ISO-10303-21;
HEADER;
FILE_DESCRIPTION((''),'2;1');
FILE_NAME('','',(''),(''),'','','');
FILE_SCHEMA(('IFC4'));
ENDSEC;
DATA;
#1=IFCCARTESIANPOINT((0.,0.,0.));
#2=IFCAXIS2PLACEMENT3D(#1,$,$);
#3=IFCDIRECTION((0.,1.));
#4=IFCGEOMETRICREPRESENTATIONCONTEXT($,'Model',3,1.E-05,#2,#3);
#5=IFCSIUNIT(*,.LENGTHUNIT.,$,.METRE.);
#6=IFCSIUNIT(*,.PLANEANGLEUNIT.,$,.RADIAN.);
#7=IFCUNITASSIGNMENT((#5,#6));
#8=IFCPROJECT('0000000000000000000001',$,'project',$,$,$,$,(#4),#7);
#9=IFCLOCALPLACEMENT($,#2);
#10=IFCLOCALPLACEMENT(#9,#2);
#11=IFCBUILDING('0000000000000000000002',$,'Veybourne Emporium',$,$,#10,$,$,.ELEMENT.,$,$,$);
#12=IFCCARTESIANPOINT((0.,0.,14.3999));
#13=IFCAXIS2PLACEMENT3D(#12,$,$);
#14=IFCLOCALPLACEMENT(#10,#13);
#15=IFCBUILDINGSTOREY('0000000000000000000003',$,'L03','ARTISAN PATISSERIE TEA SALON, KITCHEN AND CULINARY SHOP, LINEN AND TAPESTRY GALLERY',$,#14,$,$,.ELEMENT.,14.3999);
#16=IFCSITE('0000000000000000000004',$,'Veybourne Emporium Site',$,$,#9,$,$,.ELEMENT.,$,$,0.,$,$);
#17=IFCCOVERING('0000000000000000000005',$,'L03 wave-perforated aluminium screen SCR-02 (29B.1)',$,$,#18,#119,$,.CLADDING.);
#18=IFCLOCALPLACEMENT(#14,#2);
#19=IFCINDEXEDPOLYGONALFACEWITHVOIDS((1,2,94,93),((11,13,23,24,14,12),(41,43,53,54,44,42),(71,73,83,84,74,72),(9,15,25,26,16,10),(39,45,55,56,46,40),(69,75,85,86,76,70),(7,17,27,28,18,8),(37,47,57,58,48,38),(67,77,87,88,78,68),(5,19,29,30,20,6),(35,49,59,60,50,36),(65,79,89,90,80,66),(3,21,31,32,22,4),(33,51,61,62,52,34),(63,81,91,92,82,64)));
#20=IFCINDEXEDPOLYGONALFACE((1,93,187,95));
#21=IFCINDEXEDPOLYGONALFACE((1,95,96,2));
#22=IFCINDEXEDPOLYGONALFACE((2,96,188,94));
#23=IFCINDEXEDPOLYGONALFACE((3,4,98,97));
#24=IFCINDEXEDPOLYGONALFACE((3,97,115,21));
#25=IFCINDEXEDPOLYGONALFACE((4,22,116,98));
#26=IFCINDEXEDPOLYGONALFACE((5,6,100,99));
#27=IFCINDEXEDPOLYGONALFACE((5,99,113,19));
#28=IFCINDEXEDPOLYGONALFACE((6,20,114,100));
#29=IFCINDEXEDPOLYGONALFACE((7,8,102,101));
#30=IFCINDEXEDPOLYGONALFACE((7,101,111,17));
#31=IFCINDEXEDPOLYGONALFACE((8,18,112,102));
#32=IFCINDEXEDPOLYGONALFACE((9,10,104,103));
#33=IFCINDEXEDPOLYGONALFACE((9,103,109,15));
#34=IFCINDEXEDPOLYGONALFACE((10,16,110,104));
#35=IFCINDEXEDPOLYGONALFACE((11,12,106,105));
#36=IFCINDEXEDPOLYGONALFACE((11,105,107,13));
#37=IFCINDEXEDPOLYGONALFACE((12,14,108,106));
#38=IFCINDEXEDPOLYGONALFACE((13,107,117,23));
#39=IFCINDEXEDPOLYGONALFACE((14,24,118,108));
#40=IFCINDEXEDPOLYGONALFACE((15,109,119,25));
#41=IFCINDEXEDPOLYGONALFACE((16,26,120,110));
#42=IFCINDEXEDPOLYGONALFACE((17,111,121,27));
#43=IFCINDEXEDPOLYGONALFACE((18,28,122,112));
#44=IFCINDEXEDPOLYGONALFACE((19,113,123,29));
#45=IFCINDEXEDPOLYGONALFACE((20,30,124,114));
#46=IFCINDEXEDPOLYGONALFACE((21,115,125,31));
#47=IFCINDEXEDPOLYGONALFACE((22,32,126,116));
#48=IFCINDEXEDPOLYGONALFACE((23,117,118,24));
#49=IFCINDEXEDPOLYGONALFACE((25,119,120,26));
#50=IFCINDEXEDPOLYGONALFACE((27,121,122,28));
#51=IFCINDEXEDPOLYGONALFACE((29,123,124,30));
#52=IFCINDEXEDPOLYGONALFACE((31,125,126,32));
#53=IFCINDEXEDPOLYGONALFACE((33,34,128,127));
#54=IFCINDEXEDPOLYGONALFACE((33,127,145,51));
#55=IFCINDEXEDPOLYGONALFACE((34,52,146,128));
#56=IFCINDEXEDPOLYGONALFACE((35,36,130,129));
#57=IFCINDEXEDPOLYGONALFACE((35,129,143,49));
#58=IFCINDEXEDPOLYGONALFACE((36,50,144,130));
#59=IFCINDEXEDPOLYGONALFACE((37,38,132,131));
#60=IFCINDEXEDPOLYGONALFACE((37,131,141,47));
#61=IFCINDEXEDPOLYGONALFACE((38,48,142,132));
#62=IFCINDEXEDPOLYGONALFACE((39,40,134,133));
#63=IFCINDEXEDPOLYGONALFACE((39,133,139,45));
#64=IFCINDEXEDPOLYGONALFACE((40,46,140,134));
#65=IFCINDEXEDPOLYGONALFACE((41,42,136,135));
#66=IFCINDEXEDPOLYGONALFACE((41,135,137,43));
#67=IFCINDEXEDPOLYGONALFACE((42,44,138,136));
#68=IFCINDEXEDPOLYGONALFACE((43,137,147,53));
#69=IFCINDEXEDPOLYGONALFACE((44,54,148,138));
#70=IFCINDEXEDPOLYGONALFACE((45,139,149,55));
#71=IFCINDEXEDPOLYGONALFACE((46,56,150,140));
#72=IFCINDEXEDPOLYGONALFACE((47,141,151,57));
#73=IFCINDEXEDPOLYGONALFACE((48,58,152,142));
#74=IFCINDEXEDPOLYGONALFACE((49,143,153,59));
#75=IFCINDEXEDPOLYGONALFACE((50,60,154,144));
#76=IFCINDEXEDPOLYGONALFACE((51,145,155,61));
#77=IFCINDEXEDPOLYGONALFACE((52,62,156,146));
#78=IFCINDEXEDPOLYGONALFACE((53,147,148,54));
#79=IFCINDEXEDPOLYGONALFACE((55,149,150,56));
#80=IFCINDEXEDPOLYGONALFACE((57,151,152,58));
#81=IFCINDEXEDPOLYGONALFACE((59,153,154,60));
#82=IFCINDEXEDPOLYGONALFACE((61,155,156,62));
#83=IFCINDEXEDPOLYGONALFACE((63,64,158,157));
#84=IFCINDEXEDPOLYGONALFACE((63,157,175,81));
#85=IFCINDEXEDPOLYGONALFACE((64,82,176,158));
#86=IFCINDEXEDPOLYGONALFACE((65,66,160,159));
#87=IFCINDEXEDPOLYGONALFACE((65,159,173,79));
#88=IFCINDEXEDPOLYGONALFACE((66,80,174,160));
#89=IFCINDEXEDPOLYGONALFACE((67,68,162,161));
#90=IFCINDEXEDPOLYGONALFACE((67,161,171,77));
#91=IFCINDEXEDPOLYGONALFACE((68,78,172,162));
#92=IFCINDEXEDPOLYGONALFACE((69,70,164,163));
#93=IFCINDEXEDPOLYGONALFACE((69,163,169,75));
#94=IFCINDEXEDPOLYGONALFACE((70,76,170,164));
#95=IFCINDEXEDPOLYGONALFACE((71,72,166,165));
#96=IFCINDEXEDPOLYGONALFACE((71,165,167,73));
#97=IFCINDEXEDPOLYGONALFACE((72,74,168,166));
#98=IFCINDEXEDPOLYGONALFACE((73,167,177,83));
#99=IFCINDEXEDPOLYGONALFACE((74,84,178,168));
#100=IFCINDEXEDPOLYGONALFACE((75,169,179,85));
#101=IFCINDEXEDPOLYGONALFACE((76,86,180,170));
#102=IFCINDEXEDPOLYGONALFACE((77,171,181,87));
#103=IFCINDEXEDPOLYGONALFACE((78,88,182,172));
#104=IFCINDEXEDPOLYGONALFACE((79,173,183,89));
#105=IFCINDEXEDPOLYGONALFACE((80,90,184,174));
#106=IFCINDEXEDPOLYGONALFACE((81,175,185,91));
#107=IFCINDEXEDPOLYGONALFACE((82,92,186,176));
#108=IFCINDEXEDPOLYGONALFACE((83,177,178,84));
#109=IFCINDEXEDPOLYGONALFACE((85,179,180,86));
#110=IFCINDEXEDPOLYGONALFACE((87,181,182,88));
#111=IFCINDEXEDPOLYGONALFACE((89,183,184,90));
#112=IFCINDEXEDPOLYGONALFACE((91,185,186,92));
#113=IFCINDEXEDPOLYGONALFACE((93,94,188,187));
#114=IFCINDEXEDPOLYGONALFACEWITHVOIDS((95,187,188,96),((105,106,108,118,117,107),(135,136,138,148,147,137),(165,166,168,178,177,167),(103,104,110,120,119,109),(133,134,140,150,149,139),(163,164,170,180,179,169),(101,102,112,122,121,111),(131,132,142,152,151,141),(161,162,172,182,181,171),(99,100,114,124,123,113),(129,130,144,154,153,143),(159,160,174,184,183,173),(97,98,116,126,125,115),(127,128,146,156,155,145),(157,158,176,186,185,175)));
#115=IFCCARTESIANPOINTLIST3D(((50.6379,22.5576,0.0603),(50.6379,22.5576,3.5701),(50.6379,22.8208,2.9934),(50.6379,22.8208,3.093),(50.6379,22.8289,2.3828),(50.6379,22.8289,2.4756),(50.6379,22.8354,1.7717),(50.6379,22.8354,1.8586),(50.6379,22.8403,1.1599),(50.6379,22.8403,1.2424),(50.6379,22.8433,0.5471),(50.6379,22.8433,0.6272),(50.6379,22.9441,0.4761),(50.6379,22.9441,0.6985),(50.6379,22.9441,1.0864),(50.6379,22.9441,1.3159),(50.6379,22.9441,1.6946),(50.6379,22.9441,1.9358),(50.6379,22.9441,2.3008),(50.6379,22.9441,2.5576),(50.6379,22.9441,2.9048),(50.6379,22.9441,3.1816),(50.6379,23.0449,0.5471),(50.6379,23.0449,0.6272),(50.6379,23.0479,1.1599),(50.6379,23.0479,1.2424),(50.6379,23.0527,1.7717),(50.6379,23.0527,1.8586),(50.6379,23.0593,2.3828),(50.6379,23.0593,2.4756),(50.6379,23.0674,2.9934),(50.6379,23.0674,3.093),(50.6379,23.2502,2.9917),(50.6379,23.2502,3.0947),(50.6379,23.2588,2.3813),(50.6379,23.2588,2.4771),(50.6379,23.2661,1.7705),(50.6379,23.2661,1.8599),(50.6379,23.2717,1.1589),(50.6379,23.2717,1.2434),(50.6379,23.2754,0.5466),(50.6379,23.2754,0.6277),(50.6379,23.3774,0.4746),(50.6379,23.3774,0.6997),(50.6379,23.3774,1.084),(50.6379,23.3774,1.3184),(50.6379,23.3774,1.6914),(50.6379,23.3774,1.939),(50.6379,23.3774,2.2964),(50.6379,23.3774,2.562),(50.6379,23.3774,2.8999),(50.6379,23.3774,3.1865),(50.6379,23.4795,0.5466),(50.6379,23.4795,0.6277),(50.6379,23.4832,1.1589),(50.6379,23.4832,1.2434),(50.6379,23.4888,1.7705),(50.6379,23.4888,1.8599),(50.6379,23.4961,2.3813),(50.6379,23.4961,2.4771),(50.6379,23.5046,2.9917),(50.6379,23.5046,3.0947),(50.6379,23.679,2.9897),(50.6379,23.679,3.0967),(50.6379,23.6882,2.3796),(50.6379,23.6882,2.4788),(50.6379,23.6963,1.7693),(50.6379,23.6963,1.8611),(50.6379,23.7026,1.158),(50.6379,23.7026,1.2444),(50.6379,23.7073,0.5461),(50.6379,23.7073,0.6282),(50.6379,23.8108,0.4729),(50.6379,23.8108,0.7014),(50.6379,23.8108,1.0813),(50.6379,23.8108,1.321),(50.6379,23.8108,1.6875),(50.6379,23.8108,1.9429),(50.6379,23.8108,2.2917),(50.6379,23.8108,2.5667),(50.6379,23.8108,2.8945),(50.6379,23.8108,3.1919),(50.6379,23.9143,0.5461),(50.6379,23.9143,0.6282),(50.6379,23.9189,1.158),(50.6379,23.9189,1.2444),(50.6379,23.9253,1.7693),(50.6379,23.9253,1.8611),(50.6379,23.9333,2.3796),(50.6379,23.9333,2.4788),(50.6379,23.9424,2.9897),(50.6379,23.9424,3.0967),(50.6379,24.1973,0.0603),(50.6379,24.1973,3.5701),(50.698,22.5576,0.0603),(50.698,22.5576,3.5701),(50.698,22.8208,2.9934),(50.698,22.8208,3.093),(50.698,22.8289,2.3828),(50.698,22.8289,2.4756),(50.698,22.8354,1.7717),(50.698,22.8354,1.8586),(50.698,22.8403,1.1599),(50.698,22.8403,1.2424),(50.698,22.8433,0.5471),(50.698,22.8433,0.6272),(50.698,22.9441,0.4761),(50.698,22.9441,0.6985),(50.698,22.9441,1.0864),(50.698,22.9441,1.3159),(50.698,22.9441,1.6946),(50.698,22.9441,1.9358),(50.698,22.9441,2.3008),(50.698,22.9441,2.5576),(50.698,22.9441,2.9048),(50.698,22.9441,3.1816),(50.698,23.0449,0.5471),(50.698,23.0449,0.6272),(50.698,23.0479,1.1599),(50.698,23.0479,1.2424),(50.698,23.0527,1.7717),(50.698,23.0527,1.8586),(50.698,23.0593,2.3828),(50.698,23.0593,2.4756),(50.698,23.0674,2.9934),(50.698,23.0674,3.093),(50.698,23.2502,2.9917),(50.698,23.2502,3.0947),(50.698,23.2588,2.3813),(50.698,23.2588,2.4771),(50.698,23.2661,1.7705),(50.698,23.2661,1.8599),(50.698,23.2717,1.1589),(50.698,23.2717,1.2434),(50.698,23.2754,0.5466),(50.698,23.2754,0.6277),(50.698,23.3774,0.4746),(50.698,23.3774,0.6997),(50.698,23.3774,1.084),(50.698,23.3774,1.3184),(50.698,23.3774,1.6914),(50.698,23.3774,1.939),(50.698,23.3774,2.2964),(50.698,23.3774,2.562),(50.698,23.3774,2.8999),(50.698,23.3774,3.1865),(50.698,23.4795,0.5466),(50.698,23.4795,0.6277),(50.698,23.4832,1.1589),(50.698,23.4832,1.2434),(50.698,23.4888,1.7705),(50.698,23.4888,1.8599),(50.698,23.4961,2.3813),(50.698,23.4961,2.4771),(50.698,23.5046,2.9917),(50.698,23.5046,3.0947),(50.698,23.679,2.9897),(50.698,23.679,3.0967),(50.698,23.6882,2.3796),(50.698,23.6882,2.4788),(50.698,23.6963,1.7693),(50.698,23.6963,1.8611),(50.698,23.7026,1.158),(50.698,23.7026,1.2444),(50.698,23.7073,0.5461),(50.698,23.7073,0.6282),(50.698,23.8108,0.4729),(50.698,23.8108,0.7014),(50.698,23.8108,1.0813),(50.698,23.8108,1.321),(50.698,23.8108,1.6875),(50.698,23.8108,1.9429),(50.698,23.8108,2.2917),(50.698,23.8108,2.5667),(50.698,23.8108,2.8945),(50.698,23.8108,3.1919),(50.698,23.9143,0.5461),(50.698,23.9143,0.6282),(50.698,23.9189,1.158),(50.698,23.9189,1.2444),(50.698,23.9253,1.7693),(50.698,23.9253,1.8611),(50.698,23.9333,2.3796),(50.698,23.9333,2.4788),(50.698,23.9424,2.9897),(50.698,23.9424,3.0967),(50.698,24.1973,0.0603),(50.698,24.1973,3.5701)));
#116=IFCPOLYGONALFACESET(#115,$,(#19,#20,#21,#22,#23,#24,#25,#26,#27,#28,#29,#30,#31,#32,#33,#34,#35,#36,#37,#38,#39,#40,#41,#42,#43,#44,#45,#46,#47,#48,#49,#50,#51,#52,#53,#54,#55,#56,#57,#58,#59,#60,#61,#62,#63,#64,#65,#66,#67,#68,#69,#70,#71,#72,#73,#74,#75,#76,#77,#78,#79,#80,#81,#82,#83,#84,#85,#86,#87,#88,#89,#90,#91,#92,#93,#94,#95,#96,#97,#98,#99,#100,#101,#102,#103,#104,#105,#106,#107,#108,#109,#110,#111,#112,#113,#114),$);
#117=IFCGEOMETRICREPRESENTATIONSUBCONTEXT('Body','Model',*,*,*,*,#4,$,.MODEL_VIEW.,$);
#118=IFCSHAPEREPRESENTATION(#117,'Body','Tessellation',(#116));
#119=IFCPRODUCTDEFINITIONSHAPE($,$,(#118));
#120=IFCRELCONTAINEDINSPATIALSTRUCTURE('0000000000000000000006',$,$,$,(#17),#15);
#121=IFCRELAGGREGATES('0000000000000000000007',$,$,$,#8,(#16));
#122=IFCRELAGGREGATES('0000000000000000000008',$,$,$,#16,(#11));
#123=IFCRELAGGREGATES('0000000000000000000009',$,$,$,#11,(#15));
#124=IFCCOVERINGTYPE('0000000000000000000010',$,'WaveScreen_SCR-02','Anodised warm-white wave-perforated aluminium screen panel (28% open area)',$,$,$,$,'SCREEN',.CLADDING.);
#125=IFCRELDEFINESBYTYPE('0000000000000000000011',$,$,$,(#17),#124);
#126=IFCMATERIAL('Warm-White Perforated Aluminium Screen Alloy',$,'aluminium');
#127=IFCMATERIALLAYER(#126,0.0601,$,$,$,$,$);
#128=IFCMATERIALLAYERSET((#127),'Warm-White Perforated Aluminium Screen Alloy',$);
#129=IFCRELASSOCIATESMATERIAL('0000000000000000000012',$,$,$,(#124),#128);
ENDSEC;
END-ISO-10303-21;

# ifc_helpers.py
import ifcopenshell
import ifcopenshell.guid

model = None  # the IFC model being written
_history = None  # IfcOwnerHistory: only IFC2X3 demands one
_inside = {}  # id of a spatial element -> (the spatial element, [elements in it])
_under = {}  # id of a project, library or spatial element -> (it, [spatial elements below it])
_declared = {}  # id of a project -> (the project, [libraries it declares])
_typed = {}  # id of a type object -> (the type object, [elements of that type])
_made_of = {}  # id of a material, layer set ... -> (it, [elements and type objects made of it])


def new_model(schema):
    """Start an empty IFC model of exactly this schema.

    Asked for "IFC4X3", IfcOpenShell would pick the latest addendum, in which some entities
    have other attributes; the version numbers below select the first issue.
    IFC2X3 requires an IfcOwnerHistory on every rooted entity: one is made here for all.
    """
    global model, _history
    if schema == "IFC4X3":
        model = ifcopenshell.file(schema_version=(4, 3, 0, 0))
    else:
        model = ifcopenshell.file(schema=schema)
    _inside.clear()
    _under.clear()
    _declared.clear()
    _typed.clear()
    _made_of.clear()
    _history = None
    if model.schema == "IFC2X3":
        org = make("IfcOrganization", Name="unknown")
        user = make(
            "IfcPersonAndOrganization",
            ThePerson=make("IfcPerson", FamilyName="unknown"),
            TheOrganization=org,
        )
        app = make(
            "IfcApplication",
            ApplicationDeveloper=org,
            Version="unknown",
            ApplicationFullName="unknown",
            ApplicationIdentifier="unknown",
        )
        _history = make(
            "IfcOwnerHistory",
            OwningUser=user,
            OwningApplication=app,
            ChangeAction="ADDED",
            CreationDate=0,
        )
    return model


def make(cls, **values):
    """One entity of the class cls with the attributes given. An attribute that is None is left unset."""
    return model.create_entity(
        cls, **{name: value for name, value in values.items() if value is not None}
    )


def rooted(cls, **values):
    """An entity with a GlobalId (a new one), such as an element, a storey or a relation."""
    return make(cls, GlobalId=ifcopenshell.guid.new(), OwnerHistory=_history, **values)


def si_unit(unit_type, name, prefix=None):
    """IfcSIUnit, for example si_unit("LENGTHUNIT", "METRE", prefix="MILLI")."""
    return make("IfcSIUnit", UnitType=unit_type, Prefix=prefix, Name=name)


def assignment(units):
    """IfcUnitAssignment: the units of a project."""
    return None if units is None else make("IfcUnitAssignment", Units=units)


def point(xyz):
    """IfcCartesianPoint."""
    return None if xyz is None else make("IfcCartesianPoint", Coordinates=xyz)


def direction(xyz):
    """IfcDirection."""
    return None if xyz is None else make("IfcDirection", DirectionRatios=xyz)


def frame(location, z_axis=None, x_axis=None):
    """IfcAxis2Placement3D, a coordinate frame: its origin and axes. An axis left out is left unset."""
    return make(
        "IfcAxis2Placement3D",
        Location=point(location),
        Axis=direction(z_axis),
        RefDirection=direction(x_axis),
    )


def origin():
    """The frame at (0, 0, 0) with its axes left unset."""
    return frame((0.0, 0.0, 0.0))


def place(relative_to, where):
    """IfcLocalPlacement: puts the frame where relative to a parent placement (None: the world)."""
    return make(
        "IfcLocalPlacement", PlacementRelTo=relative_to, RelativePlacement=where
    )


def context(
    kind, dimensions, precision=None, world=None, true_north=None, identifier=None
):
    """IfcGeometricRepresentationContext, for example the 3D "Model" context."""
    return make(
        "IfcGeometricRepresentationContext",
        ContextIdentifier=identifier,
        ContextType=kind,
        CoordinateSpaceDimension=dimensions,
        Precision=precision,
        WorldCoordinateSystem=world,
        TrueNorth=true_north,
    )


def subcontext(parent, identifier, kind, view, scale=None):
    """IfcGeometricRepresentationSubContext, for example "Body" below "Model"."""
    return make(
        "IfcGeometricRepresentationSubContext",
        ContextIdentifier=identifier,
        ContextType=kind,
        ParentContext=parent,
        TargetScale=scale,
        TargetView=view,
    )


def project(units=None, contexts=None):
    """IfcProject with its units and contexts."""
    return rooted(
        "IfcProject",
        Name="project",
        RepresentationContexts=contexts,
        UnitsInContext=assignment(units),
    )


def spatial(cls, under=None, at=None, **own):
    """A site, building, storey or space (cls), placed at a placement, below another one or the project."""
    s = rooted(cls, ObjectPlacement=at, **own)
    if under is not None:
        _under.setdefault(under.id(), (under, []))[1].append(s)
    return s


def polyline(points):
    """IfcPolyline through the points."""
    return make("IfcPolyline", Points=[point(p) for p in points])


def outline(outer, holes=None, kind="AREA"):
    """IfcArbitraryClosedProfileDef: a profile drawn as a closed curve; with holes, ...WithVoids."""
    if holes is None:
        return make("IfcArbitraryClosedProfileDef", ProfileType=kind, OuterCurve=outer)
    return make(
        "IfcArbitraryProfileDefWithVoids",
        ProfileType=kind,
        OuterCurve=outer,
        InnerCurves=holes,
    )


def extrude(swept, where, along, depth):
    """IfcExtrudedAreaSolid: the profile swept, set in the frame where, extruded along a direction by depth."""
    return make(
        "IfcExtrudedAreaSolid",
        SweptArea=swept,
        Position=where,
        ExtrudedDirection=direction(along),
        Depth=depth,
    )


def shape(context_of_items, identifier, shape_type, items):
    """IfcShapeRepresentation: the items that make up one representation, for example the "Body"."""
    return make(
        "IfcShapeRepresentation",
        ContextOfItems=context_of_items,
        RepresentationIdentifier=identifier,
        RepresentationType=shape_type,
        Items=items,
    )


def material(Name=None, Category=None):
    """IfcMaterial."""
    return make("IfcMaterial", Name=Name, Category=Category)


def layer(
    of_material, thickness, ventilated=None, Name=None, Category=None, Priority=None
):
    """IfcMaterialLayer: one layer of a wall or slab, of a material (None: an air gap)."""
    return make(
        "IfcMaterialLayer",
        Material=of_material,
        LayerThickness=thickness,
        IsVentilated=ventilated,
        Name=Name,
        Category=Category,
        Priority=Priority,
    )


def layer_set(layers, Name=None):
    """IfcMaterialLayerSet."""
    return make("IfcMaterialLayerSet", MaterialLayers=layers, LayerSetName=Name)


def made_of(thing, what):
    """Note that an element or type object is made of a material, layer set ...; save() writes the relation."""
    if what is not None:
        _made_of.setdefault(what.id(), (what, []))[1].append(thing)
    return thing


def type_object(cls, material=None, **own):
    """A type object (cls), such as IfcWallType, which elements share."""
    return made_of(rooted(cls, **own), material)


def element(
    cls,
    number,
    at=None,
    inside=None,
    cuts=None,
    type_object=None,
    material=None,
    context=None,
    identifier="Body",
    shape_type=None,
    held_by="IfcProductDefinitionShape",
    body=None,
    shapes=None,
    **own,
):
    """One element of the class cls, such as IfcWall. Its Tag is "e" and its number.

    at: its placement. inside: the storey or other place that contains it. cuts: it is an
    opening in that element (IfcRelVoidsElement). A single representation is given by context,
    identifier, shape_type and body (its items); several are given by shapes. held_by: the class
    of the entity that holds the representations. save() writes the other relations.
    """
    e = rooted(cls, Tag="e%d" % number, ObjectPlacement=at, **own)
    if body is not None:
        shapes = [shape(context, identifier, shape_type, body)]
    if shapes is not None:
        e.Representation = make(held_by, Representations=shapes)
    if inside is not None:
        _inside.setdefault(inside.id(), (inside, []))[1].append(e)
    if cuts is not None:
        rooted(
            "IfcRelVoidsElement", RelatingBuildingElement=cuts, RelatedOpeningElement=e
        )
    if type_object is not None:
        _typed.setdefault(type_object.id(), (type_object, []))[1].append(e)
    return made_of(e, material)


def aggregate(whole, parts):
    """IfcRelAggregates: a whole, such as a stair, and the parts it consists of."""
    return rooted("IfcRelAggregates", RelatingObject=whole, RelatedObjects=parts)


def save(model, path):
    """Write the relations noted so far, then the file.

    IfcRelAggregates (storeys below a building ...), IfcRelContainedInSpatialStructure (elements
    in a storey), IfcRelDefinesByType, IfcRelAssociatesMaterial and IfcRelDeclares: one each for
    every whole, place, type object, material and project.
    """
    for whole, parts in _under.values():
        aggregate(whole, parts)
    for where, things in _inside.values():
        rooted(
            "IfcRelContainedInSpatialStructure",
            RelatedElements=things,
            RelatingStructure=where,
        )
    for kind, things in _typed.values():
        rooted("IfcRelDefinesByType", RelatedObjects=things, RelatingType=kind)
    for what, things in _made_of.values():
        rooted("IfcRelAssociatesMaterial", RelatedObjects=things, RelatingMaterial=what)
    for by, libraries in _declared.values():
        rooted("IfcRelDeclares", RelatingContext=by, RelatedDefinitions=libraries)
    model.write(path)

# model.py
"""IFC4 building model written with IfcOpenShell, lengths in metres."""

from ifc_helpers import new_model, si_unit, direction, frame, origin, place, context, subcontext, project, spatial, polyline, outline, extrude, material, layer, layer_set, type_object, element, save


model = new_model("IFC4")

# Units and contexts
model_context = context("Model", 3, precision=1e-05, world=origin(), true_north=direction((0.0, 1.0)))
body_context = subcontext(model_context, "Body", "Model", "MODEL_VIEW")
ifc_project = project(units=[si_unit("LENGTHUNIT", "METRE"), si_unit("PLANEANGLEUNIT", "RADIAN")], contexts=[model_context])

# Site, building, storey
site_placement = place(None, origin())
site = spatial("IfcSite", under=ifc_project, at=site_placement, Name="Veybourne Emporium Site", CompositionType="ELEMENT", RefElevation=0.0)
building_placement = place(site_placement, origin())
building = spatial("IfcBuilding", under=site, at=building_placement, Name="Veybourne Emporium", CompositionType="ELEMENT")
storey_placement = place(building_placement, frame((0.0, 0.0, 14.3999)))
storey = spatial("IfcBuildingStorey", under=building, at=storey_placement, Name="L03", Description="ARTISAN PATISSERIE TEA SALON, KITCHEN AND CULINARY SHOP, LINEN AND TAPESTRY GALLERY", CompositionType="ELEMENT", Elevation=14.3999)

# Covering
ifc_material_1 = material(Name="Warm-White Perforated Aluminium Screen Alloy", Category="aluminium")
ifc_layer_1 = layer(ifc_material_1, 0.0601)
ifc_layer_set_1 = layer_set([ifc_layer_1], Name="Warm-White Perforated Aluminium Screen Alloy")
covering_type = type_object("IfcCoveringType", Name="WaveScreen_SCR-02", Description="Anodised warm-white wave-perforated aluminium screen panel (28% open area)", ElementType="SCREEN", PredefinedType="CLADDING", material=ifc_layer_set_1)
covering_placement = place(storey_placement, frame((50.698, 23.3774, 1.8152), z_axis=(-1.0, 0.0, 0.0), x_axis=(0.0, -1.0, 0.0)))
element("IfcCovering", 1, at=covering_placement, inside=storey, type_object=covering_type, Name="L03 wave-perforated aluminium screen SCR-02 (29B.1)", PredefinedType="CLADDING", context=body_context, shape_type="SweptSolid", body=[
    extrude(outline(polyline([(-0.8198, -1.7549), (0.8198, -1.7549), (0.8198, 1.7549), (-0.8198, 1.7549), (-0.8198, -1.7549)]), holes=[polyline([(-0.4333, -1.1138), (-0.3298, -1.187), (-0.3298, -1.269), (-0.4333, -1.3423), (-0.5369, -1.269), (-0.5369, -1.187), (-0.4333, -1.1138)]), polyline([(-0.4333, -0.4941), (-0.3252, -0.5708), (-0.3252, -0.6572), (-0.4333, -0.7339), (-0.5415, -0.6572), (-0.5415, -0.5708), (-0.4333, -0.4941)]), polyline([(-0.4333, 0.1277), (-0.3188, 0.0459), (-0.3188, -0.0459), (-0.4333, -0.1277), (-0.5479, -0.0459), (-0.5479, 0.0459), (-0.4333, 0.1277)]), polyline([(-0.4333, 0.7515), (-0.3108, 0.6636), (-0.3108, 0.5645), (-0.4333, 0.4766), (-0.5559, 0.5645), (-0.5559, 0.6636), (-0.4333, 0.7515)]), polyline([(-0.4333, 1.3767), (-0.3015, 1.2815), (-0.3015, 1.1746), (-0.4333, 1.0793), (-0.5649, 1.1746), (-0.5649, 1.2815), (-0.4333, 1.3767)]), polyline([(0.0, -1.1155), (0.1021, -1.1875), (0.1021, -1.2686), (0.0, -1.3406), (-0.1021, -1.2686), (-0.1021, -1.1875), (0.0, -1.1155)]), polyline([(0.0, -0.4968), (0.1057, -0.5718), (0.1057, -0.6562), (0.0, -0.7312), (-0.1057, -0.6562), (-0.1057, -0.5718), (0.0, -0.4968)]), polyline([(0.0, 0.1238), (0.1113, 0.0447), (0.1113, -0.0447), (0.0, -0.1238), (-0.1113, -0.0447), (-0.1113, 0.0447), (0.0, 0.1238)]), polyline([(0.0, 0.7468), (0.1187, 0.6619), (0.1187, 0.5662), (0.0, 0.4812), (-0.1187, 0.5662), (-0.1187, 0.6619), (0.0, 0.7468)]), polyline([(0.0, 1.3713), (0.1272, 1.2795), (0.1272, 1.1765), (0.0, 1.0847), (-0.1272, 1.1765), (-0.1272, 1.2795), (0.0, 1.3713)]), polyline([(0.4333, -1.1167), (0.5342, -1.188), (0.5342, -1.2681), (0.4333, -1.3391), (0.3325, -1.2681), (0.3325, -1.188), (0.4333, -1.1167)]), polyline([(0.4333, -0.4993), (0.5371, -0.5728), (0.5371, -0.6553), (0.4333, -0.7288), (0.3296, -0.6553), (0.3296, -0.5728), (0.4333, -0.4993)]), polyline([(0.4333, 0.1206), (0.542, 0.0435), (0.542, -0.0435), (0.4333, -0.1206), (0.3247, -0.0435), (0.3247, 0.0435), (0.4333, 0.1206)]), polyline([(0.4333, 0.7424), (0.5486, 0.6604), (0.5486, 0.5676), (0.4333, 0.4856), (0.3181, 0.5676), (0.3181, 0.6604), (0.4333, 0.7424)]), polyline([(0.4333, 1.3665), (0.5566, 1.2778), (0.5566, 1.1782), (0.4333, 1.0896), (0.3101, 1.1782), (0.3101, 1.2778), (0.4333, 1.3665)])]), origin(), (0.0, 0.0, 1.0), 0.0601),
])

save(model, "model.ifc")
